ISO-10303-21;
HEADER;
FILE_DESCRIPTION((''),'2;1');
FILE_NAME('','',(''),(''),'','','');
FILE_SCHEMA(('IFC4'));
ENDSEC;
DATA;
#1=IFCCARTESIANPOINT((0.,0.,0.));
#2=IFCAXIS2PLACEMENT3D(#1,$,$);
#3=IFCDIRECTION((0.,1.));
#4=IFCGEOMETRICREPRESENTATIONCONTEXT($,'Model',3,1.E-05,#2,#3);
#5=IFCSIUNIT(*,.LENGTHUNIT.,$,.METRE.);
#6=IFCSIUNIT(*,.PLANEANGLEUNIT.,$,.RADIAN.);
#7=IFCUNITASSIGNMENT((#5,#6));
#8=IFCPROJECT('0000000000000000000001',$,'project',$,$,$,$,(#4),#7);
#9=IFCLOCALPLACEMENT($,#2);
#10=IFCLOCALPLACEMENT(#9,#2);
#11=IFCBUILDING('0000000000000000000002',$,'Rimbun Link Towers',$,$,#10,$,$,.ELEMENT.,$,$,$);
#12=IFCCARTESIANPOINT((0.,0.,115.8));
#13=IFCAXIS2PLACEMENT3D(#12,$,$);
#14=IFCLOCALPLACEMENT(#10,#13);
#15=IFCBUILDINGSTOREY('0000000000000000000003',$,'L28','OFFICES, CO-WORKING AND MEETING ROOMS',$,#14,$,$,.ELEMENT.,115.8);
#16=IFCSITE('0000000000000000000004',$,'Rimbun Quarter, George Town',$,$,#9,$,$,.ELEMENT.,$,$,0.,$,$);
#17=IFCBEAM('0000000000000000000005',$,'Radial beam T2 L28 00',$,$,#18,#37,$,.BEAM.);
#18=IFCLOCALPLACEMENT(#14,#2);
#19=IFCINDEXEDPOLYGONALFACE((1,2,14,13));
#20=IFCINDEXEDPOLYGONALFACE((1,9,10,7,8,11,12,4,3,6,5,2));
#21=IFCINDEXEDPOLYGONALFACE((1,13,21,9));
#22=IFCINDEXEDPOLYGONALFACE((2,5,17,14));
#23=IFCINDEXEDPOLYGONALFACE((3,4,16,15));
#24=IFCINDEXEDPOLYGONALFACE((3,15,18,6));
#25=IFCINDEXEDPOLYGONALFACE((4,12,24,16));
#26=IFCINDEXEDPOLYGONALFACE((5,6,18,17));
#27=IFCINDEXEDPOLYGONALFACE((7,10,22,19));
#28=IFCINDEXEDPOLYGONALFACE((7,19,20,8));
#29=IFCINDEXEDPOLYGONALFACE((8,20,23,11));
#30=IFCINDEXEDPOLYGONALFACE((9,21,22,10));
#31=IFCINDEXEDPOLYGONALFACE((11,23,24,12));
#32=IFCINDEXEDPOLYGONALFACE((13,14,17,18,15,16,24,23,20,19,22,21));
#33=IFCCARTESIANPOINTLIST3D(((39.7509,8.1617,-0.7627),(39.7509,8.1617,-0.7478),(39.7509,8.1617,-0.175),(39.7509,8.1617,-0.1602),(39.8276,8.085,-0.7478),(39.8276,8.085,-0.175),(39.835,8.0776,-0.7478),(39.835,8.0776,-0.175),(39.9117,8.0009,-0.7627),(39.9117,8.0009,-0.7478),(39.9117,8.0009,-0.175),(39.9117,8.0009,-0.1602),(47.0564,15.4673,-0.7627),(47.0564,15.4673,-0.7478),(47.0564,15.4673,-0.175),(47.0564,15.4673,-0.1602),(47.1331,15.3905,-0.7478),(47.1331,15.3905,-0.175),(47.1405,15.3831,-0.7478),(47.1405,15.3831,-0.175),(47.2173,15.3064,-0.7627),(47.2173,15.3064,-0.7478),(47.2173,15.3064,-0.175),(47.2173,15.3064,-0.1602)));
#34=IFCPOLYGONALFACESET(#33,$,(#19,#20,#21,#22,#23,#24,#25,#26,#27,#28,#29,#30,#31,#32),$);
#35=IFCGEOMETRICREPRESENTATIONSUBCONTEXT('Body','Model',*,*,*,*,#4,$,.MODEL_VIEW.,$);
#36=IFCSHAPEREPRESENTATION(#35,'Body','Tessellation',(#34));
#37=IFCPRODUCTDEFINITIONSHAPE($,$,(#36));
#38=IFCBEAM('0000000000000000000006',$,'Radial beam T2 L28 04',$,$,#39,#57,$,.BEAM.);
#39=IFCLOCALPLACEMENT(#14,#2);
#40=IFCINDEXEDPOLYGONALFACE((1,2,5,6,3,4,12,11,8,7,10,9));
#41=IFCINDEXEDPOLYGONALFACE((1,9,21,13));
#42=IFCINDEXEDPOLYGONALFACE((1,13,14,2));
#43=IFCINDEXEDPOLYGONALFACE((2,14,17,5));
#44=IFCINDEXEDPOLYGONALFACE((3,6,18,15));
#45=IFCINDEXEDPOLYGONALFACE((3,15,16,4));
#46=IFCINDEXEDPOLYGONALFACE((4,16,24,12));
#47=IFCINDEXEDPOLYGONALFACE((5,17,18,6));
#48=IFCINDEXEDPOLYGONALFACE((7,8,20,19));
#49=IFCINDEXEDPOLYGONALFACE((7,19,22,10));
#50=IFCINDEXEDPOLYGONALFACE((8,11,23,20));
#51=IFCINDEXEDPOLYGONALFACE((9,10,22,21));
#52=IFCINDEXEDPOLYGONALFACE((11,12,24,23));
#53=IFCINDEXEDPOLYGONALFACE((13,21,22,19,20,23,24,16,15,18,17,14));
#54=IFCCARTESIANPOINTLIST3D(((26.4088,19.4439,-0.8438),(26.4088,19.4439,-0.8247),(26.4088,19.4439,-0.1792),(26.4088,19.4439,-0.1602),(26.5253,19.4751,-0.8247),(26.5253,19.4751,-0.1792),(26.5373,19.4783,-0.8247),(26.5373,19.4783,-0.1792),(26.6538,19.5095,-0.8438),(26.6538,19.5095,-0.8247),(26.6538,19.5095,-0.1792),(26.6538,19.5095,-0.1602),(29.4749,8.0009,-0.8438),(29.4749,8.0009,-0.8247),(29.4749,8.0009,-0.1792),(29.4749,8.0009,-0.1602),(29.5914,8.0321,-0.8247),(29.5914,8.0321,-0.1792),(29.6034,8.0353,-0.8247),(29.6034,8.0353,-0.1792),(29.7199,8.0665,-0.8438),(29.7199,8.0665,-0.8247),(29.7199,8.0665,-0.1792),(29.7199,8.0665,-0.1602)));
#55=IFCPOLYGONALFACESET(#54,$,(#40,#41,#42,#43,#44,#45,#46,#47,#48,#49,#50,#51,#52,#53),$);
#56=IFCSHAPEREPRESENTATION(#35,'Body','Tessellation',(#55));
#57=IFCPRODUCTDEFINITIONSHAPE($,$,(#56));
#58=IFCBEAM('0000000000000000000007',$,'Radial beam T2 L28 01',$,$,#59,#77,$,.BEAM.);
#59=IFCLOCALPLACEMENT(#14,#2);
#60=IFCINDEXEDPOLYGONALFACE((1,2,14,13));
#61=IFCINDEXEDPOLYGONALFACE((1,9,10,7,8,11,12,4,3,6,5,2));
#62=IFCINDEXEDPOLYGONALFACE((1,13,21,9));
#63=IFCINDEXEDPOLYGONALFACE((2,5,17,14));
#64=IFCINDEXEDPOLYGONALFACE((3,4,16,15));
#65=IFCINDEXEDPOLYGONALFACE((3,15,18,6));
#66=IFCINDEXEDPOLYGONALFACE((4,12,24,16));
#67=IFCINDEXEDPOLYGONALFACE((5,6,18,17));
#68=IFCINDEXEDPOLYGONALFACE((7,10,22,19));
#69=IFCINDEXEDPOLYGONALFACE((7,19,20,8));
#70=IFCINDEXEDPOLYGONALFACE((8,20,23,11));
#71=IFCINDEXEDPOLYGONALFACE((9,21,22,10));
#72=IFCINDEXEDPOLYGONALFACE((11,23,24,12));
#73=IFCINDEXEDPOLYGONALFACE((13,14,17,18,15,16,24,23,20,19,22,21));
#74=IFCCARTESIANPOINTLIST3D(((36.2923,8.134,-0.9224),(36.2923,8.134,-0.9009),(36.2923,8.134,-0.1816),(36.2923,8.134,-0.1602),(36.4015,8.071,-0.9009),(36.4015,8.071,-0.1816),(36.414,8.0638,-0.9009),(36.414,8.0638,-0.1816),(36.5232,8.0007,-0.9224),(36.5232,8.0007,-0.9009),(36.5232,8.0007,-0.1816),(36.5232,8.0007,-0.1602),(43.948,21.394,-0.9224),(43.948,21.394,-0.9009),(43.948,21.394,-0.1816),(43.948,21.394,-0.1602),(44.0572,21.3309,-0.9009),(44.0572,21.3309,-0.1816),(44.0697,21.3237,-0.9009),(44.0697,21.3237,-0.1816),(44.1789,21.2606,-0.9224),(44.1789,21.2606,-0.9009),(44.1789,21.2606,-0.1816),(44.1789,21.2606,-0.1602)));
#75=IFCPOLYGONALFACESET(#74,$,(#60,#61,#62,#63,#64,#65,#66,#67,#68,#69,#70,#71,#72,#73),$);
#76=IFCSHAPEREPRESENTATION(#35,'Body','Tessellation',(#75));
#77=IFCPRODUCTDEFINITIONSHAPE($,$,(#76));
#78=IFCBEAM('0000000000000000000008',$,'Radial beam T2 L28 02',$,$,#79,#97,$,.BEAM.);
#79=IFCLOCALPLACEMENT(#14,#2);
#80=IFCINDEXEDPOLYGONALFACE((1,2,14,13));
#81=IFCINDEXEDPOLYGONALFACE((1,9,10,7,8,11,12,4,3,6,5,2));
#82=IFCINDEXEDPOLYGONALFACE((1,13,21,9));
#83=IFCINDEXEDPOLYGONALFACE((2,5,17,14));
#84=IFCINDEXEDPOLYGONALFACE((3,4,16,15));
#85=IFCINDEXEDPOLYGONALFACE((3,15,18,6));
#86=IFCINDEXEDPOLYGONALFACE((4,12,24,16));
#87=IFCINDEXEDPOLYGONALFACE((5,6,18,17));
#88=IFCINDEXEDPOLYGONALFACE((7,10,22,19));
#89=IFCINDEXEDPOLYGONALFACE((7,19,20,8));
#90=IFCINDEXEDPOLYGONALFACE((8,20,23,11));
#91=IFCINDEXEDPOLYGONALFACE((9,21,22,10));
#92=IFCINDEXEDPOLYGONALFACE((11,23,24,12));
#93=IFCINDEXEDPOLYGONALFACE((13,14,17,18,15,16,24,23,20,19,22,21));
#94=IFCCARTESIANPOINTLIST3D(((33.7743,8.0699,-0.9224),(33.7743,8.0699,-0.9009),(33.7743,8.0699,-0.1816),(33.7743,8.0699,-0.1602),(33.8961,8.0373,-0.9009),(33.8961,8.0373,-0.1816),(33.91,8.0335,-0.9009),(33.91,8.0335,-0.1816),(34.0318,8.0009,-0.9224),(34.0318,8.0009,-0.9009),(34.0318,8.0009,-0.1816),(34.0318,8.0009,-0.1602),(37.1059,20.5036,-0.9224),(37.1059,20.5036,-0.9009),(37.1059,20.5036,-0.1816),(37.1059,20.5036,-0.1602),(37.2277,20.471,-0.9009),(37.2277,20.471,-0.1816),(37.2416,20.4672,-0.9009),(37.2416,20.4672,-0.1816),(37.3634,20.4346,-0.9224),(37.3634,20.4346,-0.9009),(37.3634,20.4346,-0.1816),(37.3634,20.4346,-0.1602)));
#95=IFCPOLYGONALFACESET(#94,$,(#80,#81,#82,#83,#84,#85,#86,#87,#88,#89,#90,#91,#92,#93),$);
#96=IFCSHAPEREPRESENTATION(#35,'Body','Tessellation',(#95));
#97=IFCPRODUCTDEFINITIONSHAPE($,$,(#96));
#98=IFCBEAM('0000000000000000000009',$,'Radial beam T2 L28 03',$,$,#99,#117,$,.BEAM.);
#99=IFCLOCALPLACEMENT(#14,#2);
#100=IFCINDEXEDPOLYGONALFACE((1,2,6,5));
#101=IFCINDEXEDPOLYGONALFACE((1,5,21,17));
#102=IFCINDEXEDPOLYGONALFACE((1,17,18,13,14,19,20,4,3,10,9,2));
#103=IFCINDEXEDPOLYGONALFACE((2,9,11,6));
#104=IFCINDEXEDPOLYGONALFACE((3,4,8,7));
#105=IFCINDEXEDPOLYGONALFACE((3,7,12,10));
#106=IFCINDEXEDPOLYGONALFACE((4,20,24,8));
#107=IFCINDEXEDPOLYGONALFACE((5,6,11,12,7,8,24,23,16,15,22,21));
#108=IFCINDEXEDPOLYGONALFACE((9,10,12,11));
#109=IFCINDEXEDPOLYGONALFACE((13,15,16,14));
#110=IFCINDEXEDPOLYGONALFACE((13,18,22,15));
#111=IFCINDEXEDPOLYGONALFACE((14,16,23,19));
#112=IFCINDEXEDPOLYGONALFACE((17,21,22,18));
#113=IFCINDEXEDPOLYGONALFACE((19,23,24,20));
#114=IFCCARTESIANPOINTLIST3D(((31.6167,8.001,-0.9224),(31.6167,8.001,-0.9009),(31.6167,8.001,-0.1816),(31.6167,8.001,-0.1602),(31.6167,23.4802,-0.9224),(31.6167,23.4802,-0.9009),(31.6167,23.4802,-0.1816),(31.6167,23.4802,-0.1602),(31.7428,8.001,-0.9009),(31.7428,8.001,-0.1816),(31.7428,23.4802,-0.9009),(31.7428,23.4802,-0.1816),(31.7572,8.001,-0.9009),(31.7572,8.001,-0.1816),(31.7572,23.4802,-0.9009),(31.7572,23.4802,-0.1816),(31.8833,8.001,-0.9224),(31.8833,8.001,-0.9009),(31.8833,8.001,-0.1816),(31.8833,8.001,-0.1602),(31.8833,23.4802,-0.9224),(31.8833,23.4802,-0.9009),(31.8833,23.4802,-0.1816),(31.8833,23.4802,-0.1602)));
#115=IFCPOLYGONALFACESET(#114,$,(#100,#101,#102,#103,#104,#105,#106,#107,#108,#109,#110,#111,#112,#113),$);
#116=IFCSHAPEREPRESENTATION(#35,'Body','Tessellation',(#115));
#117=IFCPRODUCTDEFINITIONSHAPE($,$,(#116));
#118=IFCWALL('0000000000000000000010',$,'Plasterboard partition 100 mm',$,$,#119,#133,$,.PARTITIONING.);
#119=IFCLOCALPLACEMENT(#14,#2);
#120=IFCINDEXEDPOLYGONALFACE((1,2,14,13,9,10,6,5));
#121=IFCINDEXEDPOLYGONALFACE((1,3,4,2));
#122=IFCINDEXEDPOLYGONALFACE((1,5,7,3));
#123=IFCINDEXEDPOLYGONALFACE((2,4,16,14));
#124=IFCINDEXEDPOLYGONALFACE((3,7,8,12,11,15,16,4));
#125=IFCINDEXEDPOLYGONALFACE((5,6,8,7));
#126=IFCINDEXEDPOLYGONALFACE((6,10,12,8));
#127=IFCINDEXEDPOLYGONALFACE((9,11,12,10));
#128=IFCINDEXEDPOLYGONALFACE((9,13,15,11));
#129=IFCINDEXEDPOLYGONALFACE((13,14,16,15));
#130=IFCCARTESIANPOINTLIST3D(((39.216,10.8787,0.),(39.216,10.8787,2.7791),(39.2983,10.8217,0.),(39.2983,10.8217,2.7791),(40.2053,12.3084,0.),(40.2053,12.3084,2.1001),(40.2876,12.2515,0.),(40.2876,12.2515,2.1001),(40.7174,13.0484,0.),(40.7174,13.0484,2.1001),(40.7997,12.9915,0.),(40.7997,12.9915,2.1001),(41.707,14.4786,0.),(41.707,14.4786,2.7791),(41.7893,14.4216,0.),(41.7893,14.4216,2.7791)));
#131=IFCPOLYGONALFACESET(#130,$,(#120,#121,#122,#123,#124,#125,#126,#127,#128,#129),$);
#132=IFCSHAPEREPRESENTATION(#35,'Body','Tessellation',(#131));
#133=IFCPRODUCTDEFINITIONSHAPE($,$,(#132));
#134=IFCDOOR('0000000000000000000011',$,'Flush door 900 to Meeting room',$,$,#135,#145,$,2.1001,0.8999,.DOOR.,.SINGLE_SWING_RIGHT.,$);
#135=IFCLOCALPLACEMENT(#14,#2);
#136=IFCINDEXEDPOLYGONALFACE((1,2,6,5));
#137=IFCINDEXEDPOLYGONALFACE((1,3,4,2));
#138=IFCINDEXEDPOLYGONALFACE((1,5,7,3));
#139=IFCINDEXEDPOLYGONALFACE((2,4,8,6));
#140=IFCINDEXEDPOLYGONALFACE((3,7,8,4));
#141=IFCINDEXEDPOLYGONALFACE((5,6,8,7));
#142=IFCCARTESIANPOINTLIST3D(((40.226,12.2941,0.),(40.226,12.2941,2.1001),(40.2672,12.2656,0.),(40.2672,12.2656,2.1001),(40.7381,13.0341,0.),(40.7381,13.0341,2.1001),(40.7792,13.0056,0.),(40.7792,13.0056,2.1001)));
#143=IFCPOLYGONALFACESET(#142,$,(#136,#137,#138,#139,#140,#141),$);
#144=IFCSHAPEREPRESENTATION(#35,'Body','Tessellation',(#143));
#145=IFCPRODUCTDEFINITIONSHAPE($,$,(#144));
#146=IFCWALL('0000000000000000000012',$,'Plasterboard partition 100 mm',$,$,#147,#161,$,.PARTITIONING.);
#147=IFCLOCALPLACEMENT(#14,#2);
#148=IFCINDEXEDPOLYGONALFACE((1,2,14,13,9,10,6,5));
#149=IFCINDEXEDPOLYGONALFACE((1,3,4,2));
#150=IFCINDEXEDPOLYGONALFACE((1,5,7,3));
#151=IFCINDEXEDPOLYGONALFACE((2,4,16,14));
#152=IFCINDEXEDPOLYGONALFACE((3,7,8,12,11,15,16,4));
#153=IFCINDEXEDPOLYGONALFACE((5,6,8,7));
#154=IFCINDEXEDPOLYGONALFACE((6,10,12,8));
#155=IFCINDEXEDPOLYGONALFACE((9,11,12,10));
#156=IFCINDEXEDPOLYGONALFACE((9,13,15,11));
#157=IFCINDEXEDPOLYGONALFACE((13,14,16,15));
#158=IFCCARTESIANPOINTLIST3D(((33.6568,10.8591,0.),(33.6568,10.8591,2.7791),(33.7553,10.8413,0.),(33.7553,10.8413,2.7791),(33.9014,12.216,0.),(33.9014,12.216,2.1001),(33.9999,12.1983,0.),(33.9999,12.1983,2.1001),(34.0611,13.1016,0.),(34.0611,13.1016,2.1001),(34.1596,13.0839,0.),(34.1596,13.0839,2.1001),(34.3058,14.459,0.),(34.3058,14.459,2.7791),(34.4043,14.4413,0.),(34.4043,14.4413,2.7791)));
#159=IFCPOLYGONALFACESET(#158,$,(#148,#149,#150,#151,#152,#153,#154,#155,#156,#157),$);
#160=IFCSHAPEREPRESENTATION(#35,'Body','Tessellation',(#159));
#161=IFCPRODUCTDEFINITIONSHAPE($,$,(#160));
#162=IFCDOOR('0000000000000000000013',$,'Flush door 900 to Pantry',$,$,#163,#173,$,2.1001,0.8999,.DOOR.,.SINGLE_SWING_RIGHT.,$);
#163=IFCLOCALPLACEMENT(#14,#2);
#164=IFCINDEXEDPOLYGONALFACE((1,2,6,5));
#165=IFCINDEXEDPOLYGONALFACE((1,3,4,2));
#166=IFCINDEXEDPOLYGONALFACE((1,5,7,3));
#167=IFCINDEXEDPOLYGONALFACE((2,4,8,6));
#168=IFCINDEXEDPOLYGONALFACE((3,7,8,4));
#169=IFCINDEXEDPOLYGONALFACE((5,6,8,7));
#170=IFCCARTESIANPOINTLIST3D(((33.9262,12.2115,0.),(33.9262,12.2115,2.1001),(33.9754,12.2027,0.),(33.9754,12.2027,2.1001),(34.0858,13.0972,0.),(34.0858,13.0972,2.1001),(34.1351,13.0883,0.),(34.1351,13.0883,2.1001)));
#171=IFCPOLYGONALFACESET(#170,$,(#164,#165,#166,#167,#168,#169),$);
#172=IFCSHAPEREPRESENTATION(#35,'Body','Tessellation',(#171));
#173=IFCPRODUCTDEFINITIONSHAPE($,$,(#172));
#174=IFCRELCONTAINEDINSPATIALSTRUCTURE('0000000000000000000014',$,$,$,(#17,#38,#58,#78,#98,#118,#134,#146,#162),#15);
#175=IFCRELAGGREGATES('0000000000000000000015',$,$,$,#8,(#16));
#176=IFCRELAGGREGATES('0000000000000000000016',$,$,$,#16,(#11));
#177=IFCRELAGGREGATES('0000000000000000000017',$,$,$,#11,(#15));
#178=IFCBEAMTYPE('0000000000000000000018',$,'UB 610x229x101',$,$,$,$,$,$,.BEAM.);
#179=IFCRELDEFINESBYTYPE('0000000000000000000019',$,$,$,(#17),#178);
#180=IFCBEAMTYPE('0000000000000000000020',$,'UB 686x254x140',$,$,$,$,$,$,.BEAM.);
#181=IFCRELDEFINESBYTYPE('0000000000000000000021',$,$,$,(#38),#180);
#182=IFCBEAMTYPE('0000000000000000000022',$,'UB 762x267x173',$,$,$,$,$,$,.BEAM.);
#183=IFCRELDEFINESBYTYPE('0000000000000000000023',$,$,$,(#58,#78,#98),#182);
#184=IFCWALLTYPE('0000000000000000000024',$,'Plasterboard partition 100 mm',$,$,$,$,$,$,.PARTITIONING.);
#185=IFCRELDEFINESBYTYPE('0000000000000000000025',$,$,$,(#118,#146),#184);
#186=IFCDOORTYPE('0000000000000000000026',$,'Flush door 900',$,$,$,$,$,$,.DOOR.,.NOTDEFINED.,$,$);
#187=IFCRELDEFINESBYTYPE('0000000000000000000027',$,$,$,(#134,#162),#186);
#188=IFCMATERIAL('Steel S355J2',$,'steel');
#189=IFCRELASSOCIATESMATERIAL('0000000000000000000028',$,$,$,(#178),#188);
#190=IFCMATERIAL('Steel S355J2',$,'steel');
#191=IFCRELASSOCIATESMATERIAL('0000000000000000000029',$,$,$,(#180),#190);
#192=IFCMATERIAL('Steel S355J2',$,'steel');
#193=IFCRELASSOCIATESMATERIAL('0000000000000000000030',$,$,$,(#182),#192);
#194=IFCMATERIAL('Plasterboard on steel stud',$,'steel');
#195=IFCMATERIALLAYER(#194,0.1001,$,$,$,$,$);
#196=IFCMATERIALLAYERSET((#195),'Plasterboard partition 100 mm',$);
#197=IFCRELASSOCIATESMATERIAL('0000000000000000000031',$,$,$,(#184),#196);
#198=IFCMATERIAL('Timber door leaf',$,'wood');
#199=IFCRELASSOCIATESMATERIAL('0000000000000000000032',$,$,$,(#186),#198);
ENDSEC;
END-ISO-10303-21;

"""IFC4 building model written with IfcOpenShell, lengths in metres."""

from ifc_helpers import new_model, si_unit, direction, frame, frame_2d, origin, origin_2d, place, context, subcontext, project, spatial, rectangle, i_section, extrude, material, layer, layer_set, material_profile, profile_set, type_object, element, fill, save


model = new_model("IFC4")

# Units and contexts
model_context = context("Model", 3, precision=1e-05, world=origin(), true_north=direction((0.0, 1.0)))
body_context = subcontext(model_context, "Body", "Model", "MODEL_VIEW")
ifc_project = project(units=[si_unit("LENGTHUNIT", "METRE"), si_unit("PLANEANGLEUNIT", "RADIAN")], contexts=[model_context])

# Site, building, storey
site_placement = place(None, origin())
site = spatial("IfcSite", under=ifc_project, at=site_placement, Name="Rimbun Quarter, George Town", CompositionType="ELEMENT", RefElevation=0.0)
building_placement = place(site_placement, origin())
building = spatial("IfcBuilding", under=site, at=building_placement, Name="Rimbun Link Towers", CompositionType="ELEMENT")
storey_placement = place(building_placement, frame((0.0, 0.0, 115.8)))
storey = spatial("IfcBuildingStorey", under=building, at=storey_placement, Name="L28", Description="OFFICES, CO-WORKING AND MEETING ROOMS", CompositionType="ELEMENT", Elevation=115.8)

# Beams
ifc_material_1 = material(Name="Steel S355J2", Category="steel")
ifc_material_profile_1 = material_profile(ifc_material_1, i_section(OverallWidth=0.2275, OverallDepth=0.6025, WebThickness=0.0105, FlangeThickness=0.0149, at=origin_2d()), Name="UB 610x229x101")
ifc_profile_set_1 = profile_set([ifc_material_profile_1], Name="Steel S355J2")
beam_type_1 = type_object("IfcBeamType", Name="UB 610x229x101", PredefinedType="BEAM", material=ifc_profile_set_1)
beam_1_placement = place(storey_placement, frame((39.8313, 8.0813, -0.4614), z_axis=(0.707107, 0.707107, 0.0), x_axis=(-0.707107, 0.707107, 0.0)))
element("IfcBeam", 1, at=beam_1_placement, inside=storey, type_object=beam_type_1, Name="Radial beam T2 L28 00", PredefinedType="BEAM", context=body_context, shape_type="SweptSolid", body=[
    extrude(i_section(OverallWidth=0.2275, OverallDepth=0.6025, WebThickness=0.0105, FlangeThickness=0.0149, at=origin_2d()), origin(), (0.0, 0.0, 1.0), 10.3315),
])
ifc_material_2 = material(Name="Steel S355J2", Category="steel")
ifc_material_profile_2 = material_profile(ifc_material_2, i_section(OverallWidth=0.2537, OverallDepth=0.6836, WebThickness=0.0125, FlangeThickness=0.019, at=origin_2d()), Name="UB 686x254x140")
ifc_profile_set_2 = profile_set([ifc_material_profile_2], Name="Steel S355J2")
beam_type_2 = type_object("IfcBeamType", Name="UB 686x254x140", PredefinedType="BEAM", material=ifc_profile_set_2)
beam_2_placement = place(storey_placement, frame((29.5974, 8.0337, -0.502), z_axis=(-0.258818, 0.965926, 0.0), x_axis=(-0.965926, -0.258818, 0.0)))
element("IfcBeam", 2, at=beam_2_placement, inside=storey, type_object=beam_type_2, Name="Radial beam T2 L28 04", PredefinedType="BEAM", context=body_context, shape_type="SweptSolid", body=[
    extrude(i_section(OverallWidth=0.2537, OverallDepth=0.6836, WebThickness=0.0125, FlangeThickness=0.019, at=origin_2d()), origin(), (0.0, 0.0, 1.0), 11.8467),
])
ifc_material_3 = material(Name="Steel S355J2", Category="steel")
ifc_material_profile_3 = material_profile(ifc_material_3, i_section(OverallWidth=0.2666, OverallDepth=0.7622, WebThickness=0.0144, FlangeThickness=0.0215, at=origin_2d()), Name="UB 762x267x173")
ifc_profile_set_3 = profile_set([ifc_material_profile_3], Name="Steel S355J2")
beam_type_3 = type_object("IfcBeamType", Name="UB 762x267x173", PredefinedType="BEAM", material=ifc_profile_set_3)
beam_3_placement = place(storey_placement, frame((36.4077, 8.0674, -0.5413), z_axis=(0.500004, 0.866023, 0.0), x_axis=(-0.866023, 0.500004, 0.0)))
element("IfcBeam", 3, at=beam_3_placement, inside=storey, type_object=beam_type_3, Name="Radial beam T2 L28 01", PredefinedType="BEAM", context=body_context, shape_type="SweptSolid", body=[
    extrude(i_section(OverallWidth=0.2666, OverallDepth=0.7622, WebThickness=0.0144, FlangeThickness=0.0215, at=origin_2d()), origin(), (0.0, 0.0, 1.0), 15.3113),
])
beam_4_placement = place(storey_placement, frame((33.9031, 8.0354, -0.5413), z_axis=(0.258817, 0.965926, 0.0), x_axis=(-0.965926, 0.258817, 0.0)))
element("IfcBeam", 4, at=beam_4_placement, inside=storey, type_object=beam_type_3, Name="Radial beam T2 L28 02", PredefinedType="BEAM", context=body_context, shape_type="SweptSolid", body=[
    extrude(i_section(OverallWidth=0.2666, OverallDepth=0.7622, WebThickness=0.0144, FlangeThickness=0.0215, at=origin_2d()), origin(), (0.0, 0.0, 1.0), 12.8723),
])
beam_5_placement = place(storey_placement, frame((31.75, 8.001, -0.5413), z_axis=(0.0, 1.0, 0.0), x_axis=(-1.0, 0.0, 0.0)))
element("IfcBeam", 5, at=beam_5_placement, inside=storey, type_object=beam_type_3, Name="Radial beam T2 L28 03", PredefinedType="BEAM", context=body_context, shape_type="SweptSolid", body=[
    extrude(i_section(OverallWidth=0.2666, OverallDepth=0.7622, WebThickness=0.0144, FlangeThickness=0.0215, at=origin_2d()), origin(), (0.0, 0.0, 1.0), 15.4792),
])

# Walls, openings, doors
ifc_material_4 = material(Name="Plasterboard on steel stud", Category="steel")
ifc_layer_1 = layer(ifc_material_4, 0.1001)
ifc_layer_set_1 = layer_set([ifc_layer_1], Name="Plasterboard partition 100 mm")
wall_type_1 = type_object("IfcWallType", Name="Plasterboard partition 100 mm", PredefinedType="PARTITIONING", material=ifc_layer_set_1)
wall_1_placement = place(storey_placement, frame((39.2571, 10.8501, 0.0), z_axis=(0.0, 0.0, 1.0), x_axis=(0.569019, 0.822325, 0.0)))
wall_1 = element("IfcWall", 6, at=wall_1_placement, inside=storey, type_object=wall_type_1, Name="Plasterboard partition 100 mm", PredefinedType="PARTITIONING", context=body_context, shape_type="SweptSolid", body=[
    extrude(rectangle(XDim=4.3777, YDim=0.1001, at=frame_2d((2.189, 0.0))), origin(), (0.0, 0.0, 1.0), 2.7791),
])
opening_1_placement = place(wall_1_placement, frame((1.7388, 0.0, 0.0)))
opening_1 = element("IfcOpeningElement", 7, at=opening_1_placement, cuts=wall_1, PredefinedType="OPENING", context=body_context, shape_type="SweptSolid", body=[
    extrude(rectangle(XDim=0.8999, YDim=2.1001, at=frame_2d((0.45, 1.05))), frame((0.0, 0.0601, 0.0), z_axis=(0.0, -1.0, 0.0), x_axis=(1.0, 0.0, 0.0)), (0.0, 0.0, 1.0), 0.1201),
])
ifc_material_5 = material(Name="Timber door leaf", Category="wood")
door_type_1 = type_object("IfcDoorType", Name="Flush door 900", OperationType="NOTDEFINED", PredefinedType="DOOR", material=ifc_material_5)
door_1_placement = place(opening_1_placement, origin())
door_1 = element("IfcDoor", 8, at=door_1_placement, inside=storey, type_object=door_type_1, Name="Flush door 900 to Meeting room", OperationType="SINGLE_SWING_RIGHT", OverallHeight=2.1001, OverallWidth=0.8999, PredefinedType="DOOR", context=body_context, shape_type="SweptSolid", body=[
    extrude(rectangle(XDim=0.8999, YDim=2.1001, at=frame_2d((0.45, 1.05))), frame((0.0, 0.0249, 0.0), z_axis=(0.0, -1.0, 0.0), x_axis=(1.0, 0.0, 0.0)), (0.0, 0.0, 1.0), 0.05),
])
fill(opening_1, door_1)
wall_2_placement = place(storey_placement, frame((33.7061, 10.8501, 0.0), z_axis=(0.0, 0.0, 1.0), x_axis=(0.177405, 0.984138, 0.0)))
wall_2 = element("IfcWall", 9, at=wall_2_placement, inside=storey, type_object=wall_type_1, Name="Plasterboard partition 100 mm", PredefinedType="PARTITIONING", context=body_context, shape_type="SweptSolid", body=[
    extrude(rectangle(XDim=3.658, YDim=0.1001, at=frame_2d((1.8291, 0.0))), origin(), (0.0, 0.0, 1.0), 2.7791),
])
opening_2_placement = place(wall_2_placement, frame((1.3789, 0.0, 0.0)))
opening_2 = element("IfcOpeningElement", 10, at=opening_2_placement, cuts=wall_2, PredefinedType="OPENING", context=body_context, shape_type="SweptSolid", body=[
    extrude(rectangle(XDim=0.8999, YDim=2.1001, at=frame_2d((0.45, 1.05))), frame((0.0, 0.0601, 0.0), z_axis=(0.0, -1.0, 0.0), x_axis=(1.0, 0.0, 0.0)), (0.0, 0.0, 1.0), 0.1201),
])
door_2_placement = place(opening_2_placement, origin())
door_2 = element("IfcDoor", 11, at=door_2_placement, inside=storey, type_object=door_type_1, Name="Flush door 900 to Pantry", OperationType="SINGLE_SWING_RIGHT", OverallHeight=2.1001, OverallWidth=0.8999, PredefinedType="DOOR", context=body_context, shape_type="SweptSolid", body=[
    extrude(rectangle(XDim=0.8999, YDim=2.1001, at=frame_2d((0.45, 1.05))), frame((0.0, 0.0249, 0.0), z_axis=(0.0, -1.0, 0.0), x_axis=(1.0, 0.0, 0.0)), (0.0, 0.0, 1.0), 0.05),
])
fill(opening_2, door_2)

save(model, "model.ifc")
